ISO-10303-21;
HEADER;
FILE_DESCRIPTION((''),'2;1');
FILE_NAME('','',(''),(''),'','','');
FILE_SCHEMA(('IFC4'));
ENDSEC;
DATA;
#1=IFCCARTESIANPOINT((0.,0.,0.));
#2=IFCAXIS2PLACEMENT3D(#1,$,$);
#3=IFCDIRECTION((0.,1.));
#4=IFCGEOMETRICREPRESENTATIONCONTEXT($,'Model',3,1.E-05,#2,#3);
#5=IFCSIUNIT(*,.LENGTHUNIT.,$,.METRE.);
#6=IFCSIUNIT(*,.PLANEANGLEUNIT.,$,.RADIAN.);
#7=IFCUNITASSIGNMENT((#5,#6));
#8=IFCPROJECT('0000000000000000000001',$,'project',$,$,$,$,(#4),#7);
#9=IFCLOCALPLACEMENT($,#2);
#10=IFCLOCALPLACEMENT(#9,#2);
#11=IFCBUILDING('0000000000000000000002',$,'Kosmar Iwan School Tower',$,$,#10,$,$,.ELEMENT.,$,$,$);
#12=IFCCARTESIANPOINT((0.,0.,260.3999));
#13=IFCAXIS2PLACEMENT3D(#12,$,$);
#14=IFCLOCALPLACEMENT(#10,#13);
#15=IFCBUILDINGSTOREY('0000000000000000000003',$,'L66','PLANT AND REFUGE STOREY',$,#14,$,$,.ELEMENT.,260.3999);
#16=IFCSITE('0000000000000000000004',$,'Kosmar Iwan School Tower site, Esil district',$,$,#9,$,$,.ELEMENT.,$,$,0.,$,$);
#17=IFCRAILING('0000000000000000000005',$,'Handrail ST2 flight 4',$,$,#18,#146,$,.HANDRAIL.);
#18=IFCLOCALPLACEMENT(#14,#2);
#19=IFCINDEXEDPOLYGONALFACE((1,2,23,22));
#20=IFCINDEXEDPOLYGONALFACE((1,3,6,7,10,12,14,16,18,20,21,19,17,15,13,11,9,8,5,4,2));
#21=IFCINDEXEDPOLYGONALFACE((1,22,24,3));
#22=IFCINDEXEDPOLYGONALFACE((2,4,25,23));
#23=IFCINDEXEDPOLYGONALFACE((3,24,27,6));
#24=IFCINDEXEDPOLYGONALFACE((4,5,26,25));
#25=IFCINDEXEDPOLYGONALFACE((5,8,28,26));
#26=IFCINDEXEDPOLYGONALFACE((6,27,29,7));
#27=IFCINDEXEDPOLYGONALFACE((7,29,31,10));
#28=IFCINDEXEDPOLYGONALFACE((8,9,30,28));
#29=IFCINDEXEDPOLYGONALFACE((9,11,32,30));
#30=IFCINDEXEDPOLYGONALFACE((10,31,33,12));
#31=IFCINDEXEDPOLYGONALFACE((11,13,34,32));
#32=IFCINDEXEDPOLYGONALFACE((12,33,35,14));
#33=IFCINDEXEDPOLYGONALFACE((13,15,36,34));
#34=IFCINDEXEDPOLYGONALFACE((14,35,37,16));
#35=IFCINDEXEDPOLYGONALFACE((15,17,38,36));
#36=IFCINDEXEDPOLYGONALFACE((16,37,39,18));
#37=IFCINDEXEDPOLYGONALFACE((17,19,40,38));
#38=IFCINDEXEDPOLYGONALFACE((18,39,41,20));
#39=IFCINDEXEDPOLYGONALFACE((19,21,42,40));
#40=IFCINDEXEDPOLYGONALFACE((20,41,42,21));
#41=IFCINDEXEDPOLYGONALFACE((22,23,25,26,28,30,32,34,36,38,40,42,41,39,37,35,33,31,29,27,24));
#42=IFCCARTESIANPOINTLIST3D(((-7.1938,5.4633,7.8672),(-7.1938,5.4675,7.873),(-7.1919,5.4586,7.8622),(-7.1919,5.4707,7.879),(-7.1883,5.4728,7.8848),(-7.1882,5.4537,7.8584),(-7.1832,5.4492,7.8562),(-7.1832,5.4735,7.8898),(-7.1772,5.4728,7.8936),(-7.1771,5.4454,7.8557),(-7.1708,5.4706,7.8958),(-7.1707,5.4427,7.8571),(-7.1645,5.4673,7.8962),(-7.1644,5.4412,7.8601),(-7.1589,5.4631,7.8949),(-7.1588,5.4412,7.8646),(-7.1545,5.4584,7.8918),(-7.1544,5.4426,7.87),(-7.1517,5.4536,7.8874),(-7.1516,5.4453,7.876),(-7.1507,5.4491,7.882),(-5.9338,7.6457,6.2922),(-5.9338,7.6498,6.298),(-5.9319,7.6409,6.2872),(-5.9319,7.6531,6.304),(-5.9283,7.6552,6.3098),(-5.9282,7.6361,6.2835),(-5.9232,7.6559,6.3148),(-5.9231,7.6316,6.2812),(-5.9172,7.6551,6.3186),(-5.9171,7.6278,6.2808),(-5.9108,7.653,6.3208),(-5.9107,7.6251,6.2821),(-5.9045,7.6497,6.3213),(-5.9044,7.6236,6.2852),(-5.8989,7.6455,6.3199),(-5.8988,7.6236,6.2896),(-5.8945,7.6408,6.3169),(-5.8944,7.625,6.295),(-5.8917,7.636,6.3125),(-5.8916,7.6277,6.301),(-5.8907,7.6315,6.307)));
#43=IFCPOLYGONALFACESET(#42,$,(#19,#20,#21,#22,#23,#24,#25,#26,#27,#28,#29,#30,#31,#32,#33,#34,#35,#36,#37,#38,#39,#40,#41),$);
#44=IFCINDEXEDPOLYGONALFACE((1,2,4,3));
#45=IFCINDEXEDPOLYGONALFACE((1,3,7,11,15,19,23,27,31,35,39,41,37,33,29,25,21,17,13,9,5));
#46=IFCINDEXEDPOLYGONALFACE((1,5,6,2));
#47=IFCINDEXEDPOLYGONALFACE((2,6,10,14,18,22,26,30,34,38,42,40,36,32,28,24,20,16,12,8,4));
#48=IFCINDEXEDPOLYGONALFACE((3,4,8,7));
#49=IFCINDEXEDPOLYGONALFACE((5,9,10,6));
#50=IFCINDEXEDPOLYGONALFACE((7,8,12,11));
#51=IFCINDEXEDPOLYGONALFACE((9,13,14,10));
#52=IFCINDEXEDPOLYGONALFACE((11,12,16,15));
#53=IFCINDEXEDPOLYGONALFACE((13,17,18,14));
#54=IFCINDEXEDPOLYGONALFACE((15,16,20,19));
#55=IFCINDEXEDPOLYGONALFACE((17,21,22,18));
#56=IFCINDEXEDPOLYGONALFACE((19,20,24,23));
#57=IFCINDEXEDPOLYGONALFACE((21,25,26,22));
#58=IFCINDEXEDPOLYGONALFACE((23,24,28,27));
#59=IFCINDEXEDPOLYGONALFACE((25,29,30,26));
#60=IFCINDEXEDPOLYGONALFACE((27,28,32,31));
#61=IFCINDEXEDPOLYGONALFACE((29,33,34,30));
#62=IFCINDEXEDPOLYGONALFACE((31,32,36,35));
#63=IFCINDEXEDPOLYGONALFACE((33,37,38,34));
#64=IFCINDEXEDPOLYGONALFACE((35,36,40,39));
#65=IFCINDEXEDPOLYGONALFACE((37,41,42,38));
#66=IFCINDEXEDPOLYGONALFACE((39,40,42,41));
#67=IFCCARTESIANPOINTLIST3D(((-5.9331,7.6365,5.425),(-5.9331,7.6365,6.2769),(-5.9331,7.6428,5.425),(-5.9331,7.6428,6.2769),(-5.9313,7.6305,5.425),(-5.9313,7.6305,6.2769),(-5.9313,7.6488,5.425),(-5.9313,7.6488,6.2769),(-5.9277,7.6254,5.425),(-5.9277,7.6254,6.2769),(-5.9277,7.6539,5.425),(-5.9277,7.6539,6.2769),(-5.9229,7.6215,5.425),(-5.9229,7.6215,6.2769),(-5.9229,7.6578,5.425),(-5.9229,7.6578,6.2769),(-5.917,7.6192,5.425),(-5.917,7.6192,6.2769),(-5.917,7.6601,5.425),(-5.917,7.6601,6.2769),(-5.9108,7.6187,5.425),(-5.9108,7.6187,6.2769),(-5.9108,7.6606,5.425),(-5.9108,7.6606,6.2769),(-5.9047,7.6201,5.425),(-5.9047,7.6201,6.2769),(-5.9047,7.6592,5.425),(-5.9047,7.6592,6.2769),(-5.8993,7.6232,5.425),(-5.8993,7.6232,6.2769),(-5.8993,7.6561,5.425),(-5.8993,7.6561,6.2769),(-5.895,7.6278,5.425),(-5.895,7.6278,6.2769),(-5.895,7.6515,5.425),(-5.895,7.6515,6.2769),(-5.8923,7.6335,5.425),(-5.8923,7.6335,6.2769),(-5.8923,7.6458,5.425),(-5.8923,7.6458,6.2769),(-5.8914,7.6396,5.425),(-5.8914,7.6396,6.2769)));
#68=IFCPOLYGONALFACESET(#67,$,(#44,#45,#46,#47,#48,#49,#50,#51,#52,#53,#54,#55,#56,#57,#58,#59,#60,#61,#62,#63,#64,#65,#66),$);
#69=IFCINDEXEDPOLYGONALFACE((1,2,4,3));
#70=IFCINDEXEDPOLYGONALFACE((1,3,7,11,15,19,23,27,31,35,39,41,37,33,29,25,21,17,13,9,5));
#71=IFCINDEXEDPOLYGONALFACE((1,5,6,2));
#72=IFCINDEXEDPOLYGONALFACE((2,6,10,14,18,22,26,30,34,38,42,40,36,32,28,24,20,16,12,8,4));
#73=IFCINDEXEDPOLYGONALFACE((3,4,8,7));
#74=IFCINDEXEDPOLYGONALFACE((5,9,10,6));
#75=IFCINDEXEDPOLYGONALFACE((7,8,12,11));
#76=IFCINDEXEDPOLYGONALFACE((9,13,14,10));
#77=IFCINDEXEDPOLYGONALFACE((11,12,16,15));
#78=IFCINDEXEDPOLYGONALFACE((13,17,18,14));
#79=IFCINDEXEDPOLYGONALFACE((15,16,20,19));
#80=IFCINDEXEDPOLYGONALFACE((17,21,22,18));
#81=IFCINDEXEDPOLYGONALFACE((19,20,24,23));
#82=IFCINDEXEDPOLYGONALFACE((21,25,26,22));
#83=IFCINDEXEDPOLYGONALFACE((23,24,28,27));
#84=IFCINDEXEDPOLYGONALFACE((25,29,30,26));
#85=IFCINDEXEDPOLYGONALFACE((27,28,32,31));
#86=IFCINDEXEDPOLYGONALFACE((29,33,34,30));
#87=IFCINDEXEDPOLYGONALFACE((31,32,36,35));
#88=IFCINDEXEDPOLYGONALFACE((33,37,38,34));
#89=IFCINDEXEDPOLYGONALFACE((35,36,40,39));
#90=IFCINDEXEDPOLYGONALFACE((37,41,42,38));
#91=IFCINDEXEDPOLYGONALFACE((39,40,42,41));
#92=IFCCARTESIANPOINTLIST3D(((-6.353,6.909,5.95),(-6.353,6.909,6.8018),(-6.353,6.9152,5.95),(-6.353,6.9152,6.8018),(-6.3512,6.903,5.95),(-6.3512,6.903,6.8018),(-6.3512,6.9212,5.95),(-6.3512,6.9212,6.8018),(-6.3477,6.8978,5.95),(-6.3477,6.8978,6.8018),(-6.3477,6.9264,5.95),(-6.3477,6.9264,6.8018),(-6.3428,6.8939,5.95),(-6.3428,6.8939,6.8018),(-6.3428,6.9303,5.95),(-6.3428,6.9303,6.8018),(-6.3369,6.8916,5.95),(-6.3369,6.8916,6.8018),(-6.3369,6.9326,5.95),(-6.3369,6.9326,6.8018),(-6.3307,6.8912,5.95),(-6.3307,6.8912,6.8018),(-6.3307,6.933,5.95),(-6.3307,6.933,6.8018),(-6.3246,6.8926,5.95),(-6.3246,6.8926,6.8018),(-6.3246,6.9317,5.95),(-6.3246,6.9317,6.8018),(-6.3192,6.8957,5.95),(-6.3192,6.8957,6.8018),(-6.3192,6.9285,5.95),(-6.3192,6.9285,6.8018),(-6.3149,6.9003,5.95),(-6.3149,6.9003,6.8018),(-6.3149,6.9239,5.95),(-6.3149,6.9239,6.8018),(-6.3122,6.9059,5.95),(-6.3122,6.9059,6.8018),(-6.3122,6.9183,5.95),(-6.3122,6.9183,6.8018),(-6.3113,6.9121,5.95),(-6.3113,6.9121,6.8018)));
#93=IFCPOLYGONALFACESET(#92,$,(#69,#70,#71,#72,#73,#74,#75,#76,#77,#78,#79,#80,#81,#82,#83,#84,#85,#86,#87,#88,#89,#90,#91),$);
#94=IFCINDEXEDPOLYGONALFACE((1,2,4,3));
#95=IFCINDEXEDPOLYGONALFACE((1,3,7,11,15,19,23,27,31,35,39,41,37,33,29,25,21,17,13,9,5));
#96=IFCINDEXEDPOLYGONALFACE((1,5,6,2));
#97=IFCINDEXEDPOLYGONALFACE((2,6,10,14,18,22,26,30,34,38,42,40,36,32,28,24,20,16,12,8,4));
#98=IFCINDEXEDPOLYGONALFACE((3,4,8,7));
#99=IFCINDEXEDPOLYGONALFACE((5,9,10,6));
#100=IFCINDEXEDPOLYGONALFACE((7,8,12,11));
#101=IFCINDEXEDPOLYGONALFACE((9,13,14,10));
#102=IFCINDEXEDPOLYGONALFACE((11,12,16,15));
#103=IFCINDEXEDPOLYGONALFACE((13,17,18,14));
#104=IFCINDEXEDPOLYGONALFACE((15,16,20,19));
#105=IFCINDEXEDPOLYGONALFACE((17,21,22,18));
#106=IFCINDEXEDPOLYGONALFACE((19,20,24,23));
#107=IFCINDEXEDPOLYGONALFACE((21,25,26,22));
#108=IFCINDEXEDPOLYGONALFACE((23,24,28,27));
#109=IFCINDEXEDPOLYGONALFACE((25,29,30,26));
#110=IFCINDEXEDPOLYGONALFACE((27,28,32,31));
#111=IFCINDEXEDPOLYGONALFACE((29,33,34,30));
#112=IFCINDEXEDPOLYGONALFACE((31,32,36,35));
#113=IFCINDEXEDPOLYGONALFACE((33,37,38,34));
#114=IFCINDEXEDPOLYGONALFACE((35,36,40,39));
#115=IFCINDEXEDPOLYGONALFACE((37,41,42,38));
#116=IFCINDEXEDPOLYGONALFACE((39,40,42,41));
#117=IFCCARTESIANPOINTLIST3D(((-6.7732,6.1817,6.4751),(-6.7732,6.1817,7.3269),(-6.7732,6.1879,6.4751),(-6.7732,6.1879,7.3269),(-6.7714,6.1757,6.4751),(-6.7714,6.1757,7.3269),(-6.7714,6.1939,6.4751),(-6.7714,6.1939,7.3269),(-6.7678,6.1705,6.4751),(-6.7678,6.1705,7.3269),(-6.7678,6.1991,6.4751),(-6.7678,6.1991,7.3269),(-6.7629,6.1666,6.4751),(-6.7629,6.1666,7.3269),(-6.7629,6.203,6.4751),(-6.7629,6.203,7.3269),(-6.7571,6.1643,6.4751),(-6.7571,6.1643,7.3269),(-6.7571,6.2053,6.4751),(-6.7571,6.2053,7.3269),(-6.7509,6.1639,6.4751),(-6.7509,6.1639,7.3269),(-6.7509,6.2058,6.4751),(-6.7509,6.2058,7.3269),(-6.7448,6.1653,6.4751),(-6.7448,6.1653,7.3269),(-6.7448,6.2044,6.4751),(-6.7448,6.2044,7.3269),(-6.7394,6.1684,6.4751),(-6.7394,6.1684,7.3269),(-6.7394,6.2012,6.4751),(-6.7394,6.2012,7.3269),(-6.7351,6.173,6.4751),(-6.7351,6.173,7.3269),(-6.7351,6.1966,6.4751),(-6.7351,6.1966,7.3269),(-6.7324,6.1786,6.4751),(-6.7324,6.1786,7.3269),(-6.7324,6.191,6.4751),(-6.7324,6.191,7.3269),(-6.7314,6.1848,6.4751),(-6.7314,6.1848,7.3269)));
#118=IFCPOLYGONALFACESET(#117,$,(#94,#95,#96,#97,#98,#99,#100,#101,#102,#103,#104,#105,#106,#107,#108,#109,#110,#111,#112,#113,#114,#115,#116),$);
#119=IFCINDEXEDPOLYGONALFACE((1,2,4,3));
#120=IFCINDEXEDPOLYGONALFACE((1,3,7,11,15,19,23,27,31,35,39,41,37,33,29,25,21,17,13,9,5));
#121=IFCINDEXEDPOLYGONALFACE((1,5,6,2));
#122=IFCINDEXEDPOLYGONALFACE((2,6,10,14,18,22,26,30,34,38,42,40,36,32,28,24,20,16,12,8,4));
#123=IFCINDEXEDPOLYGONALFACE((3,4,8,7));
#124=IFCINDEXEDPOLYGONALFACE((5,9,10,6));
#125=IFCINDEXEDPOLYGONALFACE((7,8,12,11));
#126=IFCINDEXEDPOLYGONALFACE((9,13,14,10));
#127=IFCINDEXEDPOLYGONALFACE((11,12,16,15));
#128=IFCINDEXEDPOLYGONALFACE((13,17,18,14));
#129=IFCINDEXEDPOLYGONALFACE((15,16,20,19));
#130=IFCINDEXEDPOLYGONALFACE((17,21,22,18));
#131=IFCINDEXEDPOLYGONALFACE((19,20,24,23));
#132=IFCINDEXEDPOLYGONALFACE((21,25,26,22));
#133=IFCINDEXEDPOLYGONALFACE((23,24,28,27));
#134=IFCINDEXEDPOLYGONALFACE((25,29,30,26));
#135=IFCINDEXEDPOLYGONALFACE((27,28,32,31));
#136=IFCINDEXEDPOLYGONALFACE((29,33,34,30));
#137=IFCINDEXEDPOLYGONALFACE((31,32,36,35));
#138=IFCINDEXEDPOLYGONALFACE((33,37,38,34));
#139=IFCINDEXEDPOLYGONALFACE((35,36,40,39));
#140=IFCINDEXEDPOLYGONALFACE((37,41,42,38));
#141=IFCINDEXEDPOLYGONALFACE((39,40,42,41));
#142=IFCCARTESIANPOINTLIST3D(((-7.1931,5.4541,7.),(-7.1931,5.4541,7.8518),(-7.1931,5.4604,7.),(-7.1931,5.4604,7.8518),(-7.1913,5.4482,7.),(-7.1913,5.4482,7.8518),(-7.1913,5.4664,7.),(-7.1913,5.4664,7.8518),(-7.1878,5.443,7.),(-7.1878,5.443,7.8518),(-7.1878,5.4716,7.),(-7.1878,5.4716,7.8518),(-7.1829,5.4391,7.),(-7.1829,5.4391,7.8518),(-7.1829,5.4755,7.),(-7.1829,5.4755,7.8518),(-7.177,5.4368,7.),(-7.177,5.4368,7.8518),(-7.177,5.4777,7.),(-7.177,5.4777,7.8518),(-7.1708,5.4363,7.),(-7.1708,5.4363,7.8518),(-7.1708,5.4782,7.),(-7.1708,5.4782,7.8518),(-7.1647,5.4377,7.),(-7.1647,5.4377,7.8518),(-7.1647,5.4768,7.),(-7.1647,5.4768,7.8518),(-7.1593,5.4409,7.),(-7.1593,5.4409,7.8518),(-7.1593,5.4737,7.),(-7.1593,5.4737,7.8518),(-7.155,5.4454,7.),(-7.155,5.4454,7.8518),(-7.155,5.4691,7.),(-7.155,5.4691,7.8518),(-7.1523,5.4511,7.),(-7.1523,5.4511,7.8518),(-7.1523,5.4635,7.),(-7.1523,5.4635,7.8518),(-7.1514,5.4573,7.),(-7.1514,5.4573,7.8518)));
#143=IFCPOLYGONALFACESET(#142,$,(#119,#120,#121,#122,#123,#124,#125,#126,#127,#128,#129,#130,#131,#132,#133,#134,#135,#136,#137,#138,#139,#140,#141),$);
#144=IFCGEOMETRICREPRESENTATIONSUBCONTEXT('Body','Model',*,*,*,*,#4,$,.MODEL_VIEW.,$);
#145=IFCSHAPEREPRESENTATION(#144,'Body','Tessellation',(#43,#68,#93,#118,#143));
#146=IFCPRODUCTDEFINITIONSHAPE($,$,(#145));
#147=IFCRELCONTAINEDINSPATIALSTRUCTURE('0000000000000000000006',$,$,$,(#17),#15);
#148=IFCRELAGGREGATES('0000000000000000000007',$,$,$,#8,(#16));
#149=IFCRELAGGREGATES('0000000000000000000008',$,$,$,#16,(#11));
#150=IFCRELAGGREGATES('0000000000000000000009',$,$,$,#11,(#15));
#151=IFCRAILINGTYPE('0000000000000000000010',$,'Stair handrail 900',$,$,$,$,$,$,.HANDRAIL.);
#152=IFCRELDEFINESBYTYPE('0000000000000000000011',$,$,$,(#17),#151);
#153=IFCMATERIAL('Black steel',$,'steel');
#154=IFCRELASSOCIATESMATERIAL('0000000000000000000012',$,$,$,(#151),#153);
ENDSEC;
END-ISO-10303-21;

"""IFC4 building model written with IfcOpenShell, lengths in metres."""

from ifc_helpers import new_model, si_unit, direction, frame, origin, origin_2d, place, context, subcontext, project, spatial, circle, extrude, material, type_object, element, save


model = new_model("IFC4")

# Units and contexts
model_context = context("Model", 3, precision=1e-05, world=origin(), true_north=direction((0.0, 1.0)))
body_context = subcontext(model_context, "Body", "Model", "MODEL_VIEW")
ifc_project = project(units=[si_unit("LENGTHUNIT", "METRE"), si_unit("PLANEANGLEUNIT", "RADIAN")], contexts=[model_context])

# Site, building, storey
site_placement = place(None, origin())
site = spatial("IfcSite", under=ifc_project, at=site_placement, Name="Kosmar Iwan School Tower site, Esil district", CompositionType="ELEMENT", RefElevation=0.0)
building_placement = place(site_placement, origin())
building = spatial("IfcBuilding", under=site, at=building_placement, Name="Kosmar Iwan School Tower", CompositionType="ELEMENT")
storey_placement = place(building_placement, frame((0.0, 0.0, 260.3999)))
storey = spatial("IfcBuildingStorey", under=building, at=storey_placement, Name="L66", Description="PLANT AND REFUGE STOREY", CompositionType="ELEMENT", Elevation=260.3999)

# Railing
ifc_material_1 = material(Name="Black steel", Category="steel")
railing_type = type_object("IfcRailingType", Name="Stair handrail 900", PredefinedType="HANDRAIL", material=ifc_material_1)
railing_placement = place(storey_placement, frame((-5.9124, 7.6396, 5.425)))
element("IfcRailing", 1, at=railing_placement, inside=storey, type_object=railing_type, Name="Handrail ST2 flight 4", PredefinedType="HANDRAIL", context=body_context, shape_type="SweptSolid", body=[
    extrude(circle(Radius=0.0239, at=origin_2d()), frame((0.0, 0.0, 0.876), z_axis=(-0.424007, -0.734392, 0.529988), x_axis=(0.866023, -0.500005, 0.0)), (0.0, 0.0, 1.0), 2.9717),
    extrude(circle(Radius=0.021, at=origin_2d()), origin(), (0.0, 0.0, 1.0), 0.8518),
    extrude(circle(Radius=0.021, at=origin_2d()), frame((-0.4199, -0.7275, 0.5249)), (0.0, 0.0, 1.0), 0.8518),
    extrude(circle(Radius=0.021, at=origin_2d()), frame((-0.8401, -1.4548, 1.05)), (0.0, 0.0, 1.0), 0.8518),
    extrude(circle(Radius=0.021, at=origin_2d()), frame((-1.26, -2.1824, 1.575)), (0.0, 0.0, 1.0), 0.8518),
])

save(model, "model.ifc")
